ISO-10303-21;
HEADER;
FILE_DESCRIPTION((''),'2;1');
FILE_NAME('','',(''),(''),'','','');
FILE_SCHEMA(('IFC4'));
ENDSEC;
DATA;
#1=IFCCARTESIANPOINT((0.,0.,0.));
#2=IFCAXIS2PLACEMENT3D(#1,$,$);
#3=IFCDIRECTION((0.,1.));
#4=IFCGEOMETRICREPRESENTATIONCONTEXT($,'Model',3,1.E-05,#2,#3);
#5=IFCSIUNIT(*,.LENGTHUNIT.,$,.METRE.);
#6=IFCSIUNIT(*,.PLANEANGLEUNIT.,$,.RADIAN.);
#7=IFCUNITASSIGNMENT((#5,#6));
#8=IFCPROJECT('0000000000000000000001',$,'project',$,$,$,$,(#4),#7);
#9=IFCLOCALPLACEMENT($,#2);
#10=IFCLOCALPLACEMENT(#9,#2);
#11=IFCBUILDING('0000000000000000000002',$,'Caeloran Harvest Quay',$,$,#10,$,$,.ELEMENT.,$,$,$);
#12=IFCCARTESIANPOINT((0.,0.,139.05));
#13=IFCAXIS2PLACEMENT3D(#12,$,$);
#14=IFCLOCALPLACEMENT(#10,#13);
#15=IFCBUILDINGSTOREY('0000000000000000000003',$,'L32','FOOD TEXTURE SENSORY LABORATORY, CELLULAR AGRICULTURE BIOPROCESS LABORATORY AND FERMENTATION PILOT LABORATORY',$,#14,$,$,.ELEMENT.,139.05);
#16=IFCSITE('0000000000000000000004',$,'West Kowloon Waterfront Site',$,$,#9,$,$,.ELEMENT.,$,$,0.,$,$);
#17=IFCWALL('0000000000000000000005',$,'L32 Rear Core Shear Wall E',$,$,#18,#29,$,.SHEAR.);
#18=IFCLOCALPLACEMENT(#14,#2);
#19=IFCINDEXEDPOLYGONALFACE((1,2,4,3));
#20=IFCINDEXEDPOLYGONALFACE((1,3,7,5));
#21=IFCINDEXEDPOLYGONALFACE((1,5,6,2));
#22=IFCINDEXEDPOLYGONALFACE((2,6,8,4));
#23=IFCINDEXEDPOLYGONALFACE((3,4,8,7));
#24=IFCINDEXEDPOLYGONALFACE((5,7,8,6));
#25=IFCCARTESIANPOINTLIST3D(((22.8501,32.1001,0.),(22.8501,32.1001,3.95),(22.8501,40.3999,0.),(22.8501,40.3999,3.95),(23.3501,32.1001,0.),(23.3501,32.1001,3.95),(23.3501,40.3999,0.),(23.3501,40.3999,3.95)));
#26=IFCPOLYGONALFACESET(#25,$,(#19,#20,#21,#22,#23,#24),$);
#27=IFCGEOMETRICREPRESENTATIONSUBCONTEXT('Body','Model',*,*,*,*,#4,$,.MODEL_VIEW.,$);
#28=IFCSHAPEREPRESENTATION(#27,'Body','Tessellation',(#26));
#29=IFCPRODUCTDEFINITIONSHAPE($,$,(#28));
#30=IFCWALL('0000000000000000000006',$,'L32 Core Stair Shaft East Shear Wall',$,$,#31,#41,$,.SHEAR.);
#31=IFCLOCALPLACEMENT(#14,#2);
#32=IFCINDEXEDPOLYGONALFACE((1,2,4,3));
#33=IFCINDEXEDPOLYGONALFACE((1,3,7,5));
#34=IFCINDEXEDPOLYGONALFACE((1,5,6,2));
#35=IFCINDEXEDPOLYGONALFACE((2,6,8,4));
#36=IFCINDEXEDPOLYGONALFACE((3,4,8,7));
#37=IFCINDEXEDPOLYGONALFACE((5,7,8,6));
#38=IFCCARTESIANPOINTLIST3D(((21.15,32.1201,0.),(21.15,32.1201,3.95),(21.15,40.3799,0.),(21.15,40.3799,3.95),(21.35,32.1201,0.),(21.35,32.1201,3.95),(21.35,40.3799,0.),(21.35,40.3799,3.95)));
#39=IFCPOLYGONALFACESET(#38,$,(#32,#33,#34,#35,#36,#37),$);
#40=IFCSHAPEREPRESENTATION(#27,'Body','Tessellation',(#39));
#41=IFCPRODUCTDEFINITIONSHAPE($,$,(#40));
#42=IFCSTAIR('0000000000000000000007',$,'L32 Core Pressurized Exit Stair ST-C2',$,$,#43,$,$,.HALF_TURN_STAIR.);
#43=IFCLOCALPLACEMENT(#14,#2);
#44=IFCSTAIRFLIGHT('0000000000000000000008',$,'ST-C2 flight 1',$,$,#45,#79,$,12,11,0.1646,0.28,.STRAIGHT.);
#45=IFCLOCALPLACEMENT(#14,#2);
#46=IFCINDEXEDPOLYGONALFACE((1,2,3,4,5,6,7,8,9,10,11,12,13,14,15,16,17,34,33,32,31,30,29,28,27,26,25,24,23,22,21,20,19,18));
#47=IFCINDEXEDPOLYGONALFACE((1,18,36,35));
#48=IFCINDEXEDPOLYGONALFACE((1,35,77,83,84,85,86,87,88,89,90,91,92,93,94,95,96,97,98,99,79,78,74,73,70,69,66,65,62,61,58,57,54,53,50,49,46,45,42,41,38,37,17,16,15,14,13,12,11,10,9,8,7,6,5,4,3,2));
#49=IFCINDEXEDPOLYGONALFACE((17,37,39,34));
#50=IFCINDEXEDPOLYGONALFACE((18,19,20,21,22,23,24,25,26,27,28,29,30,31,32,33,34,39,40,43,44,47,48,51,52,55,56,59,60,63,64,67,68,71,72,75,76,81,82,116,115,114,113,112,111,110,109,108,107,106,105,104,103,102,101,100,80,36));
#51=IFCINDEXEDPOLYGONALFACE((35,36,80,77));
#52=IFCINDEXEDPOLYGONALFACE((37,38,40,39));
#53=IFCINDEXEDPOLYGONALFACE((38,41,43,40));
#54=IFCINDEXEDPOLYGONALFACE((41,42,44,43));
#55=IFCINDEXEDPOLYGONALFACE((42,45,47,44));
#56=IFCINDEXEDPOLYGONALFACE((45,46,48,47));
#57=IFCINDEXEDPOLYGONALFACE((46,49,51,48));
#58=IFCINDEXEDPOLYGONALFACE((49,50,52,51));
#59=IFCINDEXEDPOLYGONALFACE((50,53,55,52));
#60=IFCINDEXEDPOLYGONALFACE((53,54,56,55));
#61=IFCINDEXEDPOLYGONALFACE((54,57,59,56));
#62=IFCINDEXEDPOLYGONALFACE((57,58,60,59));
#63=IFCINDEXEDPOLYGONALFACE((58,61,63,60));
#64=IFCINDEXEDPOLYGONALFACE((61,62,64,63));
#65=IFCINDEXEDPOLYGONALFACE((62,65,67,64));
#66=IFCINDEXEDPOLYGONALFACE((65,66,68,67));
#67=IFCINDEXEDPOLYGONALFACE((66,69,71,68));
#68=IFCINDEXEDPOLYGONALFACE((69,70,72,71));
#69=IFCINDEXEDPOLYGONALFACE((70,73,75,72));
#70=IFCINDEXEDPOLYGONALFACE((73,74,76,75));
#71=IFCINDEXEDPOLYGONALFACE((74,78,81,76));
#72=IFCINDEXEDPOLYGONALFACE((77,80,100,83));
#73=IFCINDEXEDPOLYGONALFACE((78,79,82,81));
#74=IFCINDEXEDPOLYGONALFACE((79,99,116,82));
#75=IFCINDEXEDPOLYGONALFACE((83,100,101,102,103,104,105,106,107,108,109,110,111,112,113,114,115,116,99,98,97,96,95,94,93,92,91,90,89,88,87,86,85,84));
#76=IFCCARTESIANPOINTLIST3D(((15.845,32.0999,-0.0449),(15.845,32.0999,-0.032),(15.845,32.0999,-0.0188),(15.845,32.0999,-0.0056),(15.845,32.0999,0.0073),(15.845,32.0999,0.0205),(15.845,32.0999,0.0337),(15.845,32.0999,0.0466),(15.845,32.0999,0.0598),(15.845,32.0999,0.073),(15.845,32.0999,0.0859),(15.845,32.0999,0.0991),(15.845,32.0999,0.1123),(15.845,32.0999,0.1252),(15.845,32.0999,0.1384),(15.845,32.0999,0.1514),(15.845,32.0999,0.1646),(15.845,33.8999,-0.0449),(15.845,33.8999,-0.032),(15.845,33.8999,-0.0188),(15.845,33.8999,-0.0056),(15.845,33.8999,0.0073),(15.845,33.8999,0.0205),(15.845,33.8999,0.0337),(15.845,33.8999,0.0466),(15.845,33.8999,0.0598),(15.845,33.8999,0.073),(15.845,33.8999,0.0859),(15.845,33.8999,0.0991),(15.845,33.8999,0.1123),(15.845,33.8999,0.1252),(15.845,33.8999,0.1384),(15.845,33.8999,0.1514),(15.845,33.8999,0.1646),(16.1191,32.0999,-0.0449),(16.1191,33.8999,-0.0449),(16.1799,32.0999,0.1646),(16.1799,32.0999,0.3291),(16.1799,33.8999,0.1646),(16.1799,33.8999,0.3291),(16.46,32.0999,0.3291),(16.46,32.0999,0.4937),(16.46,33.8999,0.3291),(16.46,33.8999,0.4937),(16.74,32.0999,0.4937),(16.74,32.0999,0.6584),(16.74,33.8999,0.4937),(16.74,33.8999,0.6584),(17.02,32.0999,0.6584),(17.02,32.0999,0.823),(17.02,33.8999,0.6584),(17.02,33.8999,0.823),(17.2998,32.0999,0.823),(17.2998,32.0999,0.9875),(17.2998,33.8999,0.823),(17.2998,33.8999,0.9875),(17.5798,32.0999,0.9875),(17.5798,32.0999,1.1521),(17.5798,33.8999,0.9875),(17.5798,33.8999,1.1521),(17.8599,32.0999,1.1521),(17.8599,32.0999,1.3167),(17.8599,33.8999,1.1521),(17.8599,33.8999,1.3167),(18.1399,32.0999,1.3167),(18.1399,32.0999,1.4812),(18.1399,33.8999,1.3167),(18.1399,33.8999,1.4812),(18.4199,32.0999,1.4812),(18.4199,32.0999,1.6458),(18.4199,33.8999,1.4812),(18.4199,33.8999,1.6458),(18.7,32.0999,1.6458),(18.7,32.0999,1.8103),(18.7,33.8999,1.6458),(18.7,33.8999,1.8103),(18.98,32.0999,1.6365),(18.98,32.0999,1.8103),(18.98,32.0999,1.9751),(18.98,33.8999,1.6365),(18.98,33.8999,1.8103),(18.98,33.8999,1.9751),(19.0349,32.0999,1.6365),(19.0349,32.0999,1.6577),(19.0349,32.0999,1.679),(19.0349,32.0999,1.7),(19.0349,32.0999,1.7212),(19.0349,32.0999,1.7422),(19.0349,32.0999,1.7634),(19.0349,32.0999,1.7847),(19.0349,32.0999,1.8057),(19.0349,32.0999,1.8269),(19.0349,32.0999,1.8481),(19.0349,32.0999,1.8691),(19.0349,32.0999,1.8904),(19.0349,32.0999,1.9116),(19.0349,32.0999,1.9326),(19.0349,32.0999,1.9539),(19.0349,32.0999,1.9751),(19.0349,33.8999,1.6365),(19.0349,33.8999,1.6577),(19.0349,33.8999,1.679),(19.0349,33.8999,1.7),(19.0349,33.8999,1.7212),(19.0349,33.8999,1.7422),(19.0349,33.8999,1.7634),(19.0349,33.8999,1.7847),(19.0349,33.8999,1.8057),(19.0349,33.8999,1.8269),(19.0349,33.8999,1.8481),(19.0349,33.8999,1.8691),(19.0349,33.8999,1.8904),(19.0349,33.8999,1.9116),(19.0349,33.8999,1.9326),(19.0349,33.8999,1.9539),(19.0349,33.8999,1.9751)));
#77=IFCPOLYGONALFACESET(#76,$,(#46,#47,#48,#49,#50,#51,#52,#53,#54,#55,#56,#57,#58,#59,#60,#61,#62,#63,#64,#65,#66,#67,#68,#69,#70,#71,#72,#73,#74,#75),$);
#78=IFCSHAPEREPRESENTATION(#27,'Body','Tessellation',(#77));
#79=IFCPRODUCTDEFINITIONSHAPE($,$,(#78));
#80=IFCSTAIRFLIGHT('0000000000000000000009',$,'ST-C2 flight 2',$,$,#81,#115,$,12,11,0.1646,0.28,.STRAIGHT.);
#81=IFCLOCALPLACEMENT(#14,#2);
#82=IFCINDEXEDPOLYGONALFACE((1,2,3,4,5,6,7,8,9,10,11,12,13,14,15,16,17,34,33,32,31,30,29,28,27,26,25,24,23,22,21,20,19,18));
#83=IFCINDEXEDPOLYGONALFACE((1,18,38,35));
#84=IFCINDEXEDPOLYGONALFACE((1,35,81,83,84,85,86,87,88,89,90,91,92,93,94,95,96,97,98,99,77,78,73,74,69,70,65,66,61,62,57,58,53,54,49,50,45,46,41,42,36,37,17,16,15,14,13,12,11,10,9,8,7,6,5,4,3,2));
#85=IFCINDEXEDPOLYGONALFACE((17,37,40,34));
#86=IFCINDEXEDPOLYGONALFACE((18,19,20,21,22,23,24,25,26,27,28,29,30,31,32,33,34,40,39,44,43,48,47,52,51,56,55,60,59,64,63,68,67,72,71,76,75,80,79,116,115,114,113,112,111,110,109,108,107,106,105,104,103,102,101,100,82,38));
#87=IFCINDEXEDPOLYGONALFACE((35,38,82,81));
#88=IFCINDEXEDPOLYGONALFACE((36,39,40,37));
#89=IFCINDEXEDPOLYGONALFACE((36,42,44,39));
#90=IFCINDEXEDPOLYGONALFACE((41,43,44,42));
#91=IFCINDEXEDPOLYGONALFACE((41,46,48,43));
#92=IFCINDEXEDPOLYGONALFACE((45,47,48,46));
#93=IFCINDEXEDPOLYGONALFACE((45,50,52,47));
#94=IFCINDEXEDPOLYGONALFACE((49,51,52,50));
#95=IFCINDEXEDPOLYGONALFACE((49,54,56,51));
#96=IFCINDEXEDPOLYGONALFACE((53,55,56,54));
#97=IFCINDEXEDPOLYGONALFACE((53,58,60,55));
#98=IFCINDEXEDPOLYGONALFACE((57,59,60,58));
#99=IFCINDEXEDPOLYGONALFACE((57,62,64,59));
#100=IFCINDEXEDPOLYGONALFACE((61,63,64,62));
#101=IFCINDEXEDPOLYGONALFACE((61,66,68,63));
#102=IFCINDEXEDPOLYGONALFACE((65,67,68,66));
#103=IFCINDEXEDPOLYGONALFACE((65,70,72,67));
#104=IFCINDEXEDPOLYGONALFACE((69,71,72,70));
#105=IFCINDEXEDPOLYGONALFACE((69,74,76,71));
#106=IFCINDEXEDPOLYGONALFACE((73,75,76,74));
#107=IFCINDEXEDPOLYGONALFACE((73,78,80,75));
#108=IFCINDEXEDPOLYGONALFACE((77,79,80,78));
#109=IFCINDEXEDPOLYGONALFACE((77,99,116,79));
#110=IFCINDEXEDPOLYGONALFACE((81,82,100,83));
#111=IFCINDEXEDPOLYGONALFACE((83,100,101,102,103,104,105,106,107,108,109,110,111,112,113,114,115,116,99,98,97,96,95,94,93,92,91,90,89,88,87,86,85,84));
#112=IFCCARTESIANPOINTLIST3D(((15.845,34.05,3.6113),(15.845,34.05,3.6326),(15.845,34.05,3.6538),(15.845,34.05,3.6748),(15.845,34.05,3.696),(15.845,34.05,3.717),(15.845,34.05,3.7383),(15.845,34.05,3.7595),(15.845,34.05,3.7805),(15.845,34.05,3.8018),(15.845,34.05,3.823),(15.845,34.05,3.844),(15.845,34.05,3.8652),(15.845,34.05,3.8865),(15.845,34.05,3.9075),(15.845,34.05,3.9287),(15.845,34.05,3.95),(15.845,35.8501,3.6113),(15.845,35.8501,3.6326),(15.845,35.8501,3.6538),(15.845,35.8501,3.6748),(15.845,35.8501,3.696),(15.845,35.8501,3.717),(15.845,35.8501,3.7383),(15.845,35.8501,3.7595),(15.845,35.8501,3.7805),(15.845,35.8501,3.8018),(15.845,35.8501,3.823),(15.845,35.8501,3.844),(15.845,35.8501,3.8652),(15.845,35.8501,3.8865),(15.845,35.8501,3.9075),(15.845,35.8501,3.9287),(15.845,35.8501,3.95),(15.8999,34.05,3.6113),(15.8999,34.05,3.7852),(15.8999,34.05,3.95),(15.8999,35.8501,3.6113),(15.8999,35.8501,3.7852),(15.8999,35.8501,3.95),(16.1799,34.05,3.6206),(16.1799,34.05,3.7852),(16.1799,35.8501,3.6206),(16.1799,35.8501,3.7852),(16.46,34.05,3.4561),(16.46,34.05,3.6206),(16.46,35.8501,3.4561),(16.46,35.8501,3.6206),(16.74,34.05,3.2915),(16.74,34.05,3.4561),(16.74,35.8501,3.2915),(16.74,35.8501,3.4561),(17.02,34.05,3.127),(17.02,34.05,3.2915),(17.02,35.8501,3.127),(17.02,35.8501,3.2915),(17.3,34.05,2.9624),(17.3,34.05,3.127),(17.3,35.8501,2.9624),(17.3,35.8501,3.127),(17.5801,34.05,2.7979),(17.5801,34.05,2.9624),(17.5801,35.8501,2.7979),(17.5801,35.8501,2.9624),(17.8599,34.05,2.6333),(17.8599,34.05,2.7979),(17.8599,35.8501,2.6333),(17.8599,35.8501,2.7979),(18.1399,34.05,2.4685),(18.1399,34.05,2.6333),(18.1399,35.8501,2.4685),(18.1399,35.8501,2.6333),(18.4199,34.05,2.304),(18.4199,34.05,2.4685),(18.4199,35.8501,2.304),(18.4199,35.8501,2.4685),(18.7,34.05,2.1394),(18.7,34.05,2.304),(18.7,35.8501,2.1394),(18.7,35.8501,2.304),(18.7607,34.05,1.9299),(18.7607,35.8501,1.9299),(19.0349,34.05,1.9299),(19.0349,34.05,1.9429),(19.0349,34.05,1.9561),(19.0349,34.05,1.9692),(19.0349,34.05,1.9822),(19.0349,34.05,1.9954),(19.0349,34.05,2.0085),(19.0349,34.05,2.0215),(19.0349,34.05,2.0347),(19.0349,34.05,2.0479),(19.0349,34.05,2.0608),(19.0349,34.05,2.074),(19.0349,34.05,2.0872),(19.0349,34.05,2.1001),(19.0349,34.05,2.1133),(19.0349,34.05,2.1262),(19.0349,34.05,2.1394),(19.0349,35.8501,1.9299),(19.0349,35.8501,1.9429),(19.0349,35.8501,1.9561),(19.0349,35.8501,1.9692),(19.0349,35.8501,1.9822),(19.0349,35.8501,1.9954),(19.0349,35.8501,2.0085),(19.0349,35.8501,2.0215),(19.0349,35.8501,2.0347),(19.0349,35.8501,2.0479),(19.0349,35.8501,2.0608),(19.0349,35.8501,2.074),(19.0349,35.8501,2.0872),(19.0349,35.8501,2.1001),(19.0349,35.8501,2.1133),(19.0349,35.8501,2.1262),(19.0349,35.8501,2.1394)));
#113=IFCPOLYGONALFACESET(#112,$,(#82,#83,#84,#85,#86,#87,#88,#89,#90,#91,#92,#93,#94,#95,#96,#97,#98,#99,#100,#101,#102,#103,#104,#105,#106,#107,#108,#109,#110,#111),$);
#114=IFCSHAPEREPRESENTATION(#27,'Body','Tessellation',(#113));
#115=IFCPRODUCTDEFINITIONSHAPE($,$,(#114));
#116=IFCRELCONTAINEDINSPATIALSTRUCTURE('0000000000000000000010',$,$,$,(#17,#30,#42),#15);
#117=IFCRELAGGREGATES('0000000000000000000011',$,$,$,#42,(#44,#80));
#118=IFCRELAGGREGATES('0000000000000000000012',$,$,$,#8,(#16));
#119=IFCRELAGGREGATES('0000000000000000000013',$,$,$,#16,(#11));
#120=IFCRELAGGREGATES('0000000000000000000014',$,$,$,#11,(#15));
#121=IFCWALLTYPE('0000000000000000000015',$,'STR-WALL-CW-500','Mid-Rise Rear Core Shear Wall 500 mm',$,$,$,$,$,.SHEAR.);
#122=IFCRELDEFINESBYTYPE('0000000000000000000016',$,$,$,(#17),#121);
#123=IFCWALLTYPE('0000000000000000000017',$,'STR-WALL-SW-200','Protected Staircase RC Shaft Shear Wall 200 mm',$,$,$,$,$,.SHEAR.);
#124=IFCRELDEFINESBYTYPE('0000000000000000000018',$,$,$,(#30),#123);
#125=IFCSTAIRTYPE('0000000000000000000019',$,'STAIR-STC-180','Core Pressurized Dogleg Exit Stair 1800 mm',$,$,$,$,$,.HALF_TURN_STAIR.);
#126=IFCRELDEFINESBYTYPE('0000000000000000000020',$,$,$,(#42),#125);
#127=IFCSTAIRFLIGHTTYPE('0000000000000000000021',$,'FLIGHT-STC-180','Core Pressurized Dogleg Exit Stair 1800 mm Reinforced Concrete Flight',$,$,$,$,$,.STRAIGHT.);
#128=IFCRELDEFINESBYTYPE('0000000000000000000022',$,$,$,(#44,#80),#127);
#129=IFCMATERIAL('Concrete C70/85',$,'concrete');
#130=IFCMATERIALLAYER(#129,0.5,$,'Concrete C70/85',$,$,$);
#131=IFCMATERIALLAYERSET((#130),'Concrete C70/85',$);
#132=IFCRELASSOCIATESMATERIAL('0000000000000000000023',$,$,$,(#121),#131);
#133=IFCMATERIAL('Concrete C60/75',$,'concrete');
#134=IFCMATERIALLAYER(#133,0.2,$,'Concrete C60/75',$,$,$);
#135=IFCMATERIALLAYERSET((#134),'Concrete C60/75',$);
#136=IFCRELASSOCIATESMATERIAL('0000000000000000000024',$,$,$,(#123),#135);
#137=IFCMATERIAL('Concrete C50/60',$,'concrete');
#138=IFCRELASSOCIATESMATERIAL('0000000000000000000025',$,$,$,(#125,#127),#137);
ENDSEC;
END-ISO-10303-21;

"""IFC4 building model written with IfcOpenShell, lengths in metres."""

from ifc_helpers import new_model, si_unit, direction, frame, frame_2d, origin, place, context, subcontext, project, spatial, polyline, rectangle, outline, extrude, material, layer, layer_set, type_object, element, aggregate, save


model = new_model("IFC4")

# Units and contexts
model_context = context("Model", 3, precision=1e-05, world=origin(), true_north=direction((0.0, 1.0)))
body_context = subcontext(model_context, "Body", "Model", "MODEL_VIEW")
ifc_project = project(units=[si_unit("LENGTHUNIT", "METRE"), si_unit("PLANEANGLEUNIT", "RADIAN")], contexts=[model_context])

# Site, building, storey
site_placement = place(None, origin())
site = spatial("IfcSite", under=ifc_project, at=site_placement, Name="West Kowloon Waterfront Site", CompositionType="ELEMENT", RefElevation=0.0)
building_placement = place(site_placement, origin())
building = spatial("IfcBuilding", under=site, at=building_placement, Name="Caeloran Harvest Quay", CompositionType="ELEMENT")
storey_placement = place(building_placement, frame((0.0, 0.0, 139.05)))
storey = spatial("IfcBuildingStorey", under=building, at=storey_placement, Name="L32", Description="FOOD TEXTURE SENSORY LABORATORY, CELLULAR AGRICULTURE BIOPROCESS LABORATORY AND FERMENTATION PILOT LABORATORY", CompositionType="ELEMENT", Elevation=139.05)

# Shared definitions
ifc_material_1 = material(Name="Concrete C50/60", Category="concrete")

# Walls
ifc_material_2 = material(Name="Concrete C70/85", Category="concrete")
ifc_layer_1 = layer(ifc_material_2, 0.5, Name="Concrete C70/85")
ifc_layer_set_1 = layer_set([ifc_layer_1], Name="Concrete C70/85")
wall_type_1 = type_object("IfcWallType", Name="STR-WALL-CW-500", Description="Mid-Rise Rear Core Shear Wall 500 mm", PredefinedType="SHEAR", material=ifc_layer_set_1)
wall_1_placement = place(storey_placement, frame((23.1001, 32.1001, 0.0), z_axis=(0.0, 0.0, 1.0), x_axis=(0.0, 1.0, 0.0)))
element("IfcWall", 1, at=wall_1_placement, inside=storey, type_object=wall_type_1, Name="L32 Rear Core Shear Wall E", PredefinedType="SHEAR", context=body_context, shape_type="SweptSolid", body=[
    extrude(rectangle(XDim=8.2998, YDim=0.5, at=frame_2d((4.1499, 0.0))), origin(), (0.0, 0.0, 1.0), 3.95),
])
ifc_material_3 = material(Name="Concrete C60/75", Category="concrete")
ifc_layer_2 = layer(ifc_material_3, 0.2, Name="Concrete C60/75")
ifc_layer_set_2 = layer_set([ifc_layer_2], Name="Concrete C60/75")
wall_type_2 = type_object("IfcWallType", Name="STR-WALL-SW-200", Description="Protected Staircase RC Shaft Shear Wall 200 mm", PredefinedType="SHEAR", material=ifc_layer_set_2)
wall_2_placement = place(storey_placement, frame((21.25, 32.1201, 0.0), z_axis=(0.0, 0.0, 1.0), x_axis=(0.0, 1.0, 0.0)))
element("IfcWall", 2, at=wall_2_placement, inside=storey, type_object=wall_type_2, Name="L32 Core Stair Shaft East Shear Wall", PredefinedType="SHEAR", context=body_context, shape_type="SweptSolid", body=[
    extrude(rectangle(XDim=8.2598, YDim=0.2, at=frame_2d((4.1299, 0.0))), origin(), (0.0, 0.0, 1.0), 3.95),
])

# Stair, stair flights
stair_type = type_object("IfcStairType", Name="STAIR-STC-180", Description="Core Pressurized Dogleg Exit Stair 1800 mm", PredefinedType="HALF_TURN_STAIR", material=ifc_material_1)
stair_placement = place(storey_placement, origin())
stair = element("IfcStair", 3, at=stair_placement, inside=storey, type_object=stair_type, Name="L32 Core Pressurized Exit Stair ST-C2", PredefinedType="HALF_TURN_STAIR")
stair_flight_type = type_object("IfcStairFlightType", Name="FLIGHT-STC-180", Description="Core Pressurized Dogleg Exit Stair 1800 mm Reinforced Concrete Flight", PredefinedType="STRAIGHT", material=ifc_material_1)
stair_flight_1_placement = place(storey_placement, frame((15.8999, 33.0, 0.0), z_axis=(0.0, 0.0, 1.0), x_axis=(1.0, 0.0, 0.0)))
stair_flight_1 = element("IfcStairFlight", 4, at=stair_flight_1_placement, type_object=stair_flight_type, Name="ST-C2 flight 1", NumberOfRisers=12, NumberOfTreads=11, PredefinedType="STRAIGHT", RiserHeight=0.1646, TreadLength=0.28, context=body_context, shape_type="SweptSolid", body=[
    extrude(outline(polyline([(-0.0549, -0.0449), (-0.0549, -0.032), (-0.0549, -0.0188), (-0.0549, -0.0056), (-0.0549, 0.0073), (-0.0549, 0.0205), (-0.0549, 0.0337), (-0.0549, 0.0466), (-0.0549, 0.0598), (-0.0549, 0.073), (-0.0549, 0.0859), (-0.0549, 0.0991), (-0.0549, 0.1123), (-0.0549, 0.1252), (-0.0549, 0.1384), (-0.0549, 0.1514), (-0.0549, 0.1646), (0.28, 0.1646), (0.28, 0.3291), (0.5601, 0.3291), (0.5601, 0.4937), (0.8401, 0.4937), (0.8401, 0.6584), (1.1201, 0.6584), (1.1201, 0.823), (1.3999, 0.823), (1.3999, 0.9875), (1.6799, 0.9875), (1.6799, 1.1521), (1.96, 1.1521), (1.96, 1.3167), (2.24, 1.3167), (2.24, 1.4812), (2.52, 1.4812), (2.52, 1.6458), (2.8, 1.6458), (2.8, 1.8103), (3.0801, 1.8103), (3.0801, 1.9751), (3.135, 1.9751), (3.135, 1.9539), (3.135, 1.9326), (3.135, 1.9116), (3.135, 1.8904), (3.135, 1.8691), (3.135, 1.8481), (3.135, 1.8269), (3.135, 1.8057), (3.135, 1.7847), (3.135, 1.7634), (3.135, 1.7422), (3.135, 1.7212), (3.135, 1.7), (3.135, 1.679), (3.135, 1.6577), (3.135, 1.6365), (3.0801, 1.6365), (0.2192, -0.0449), (-0.0549, -0.0449)])), frame((0.0, 0.8999, 0.0), z_axis=(0.0, -1.0, 0.0), x_axis=(1.0, 0.0, 0.0)), (0.0, 0.0, 1.0), 1.8),
])
stair_flight_2_placement = place(storey_placement, frame((18.98, 34.95, 1.9749), z_axis=(0.0, 0.0, 1.0), x_axis=(-1.0, 0.0, 0.0)))
stair_flight_2 = element("IfcStairFlight", 5, at=stair_flight_2_placement, type_object=stair_flight_type, Name="ST-C2 flight 2", NumberOfRisers=12, NumberOfTreads=11, PredefinedType="STRAIGHT", RiserHeight=0.1646, TreadLength=0.28, context=body_context, shape_type="SweptSolid", body=[
    extrude(outline(polyline([(-0.0549, -0.0449), (-0.0549, -0.032), (-0.0549, -0.0188), (-0.0549, -0.0056), (-0.0549, 0.0073), (-0.0549, 0.0205), (-0.0549, 0.0337), (-0.0549, 0.0466), (-0.0549, 0.0598), (-0.0549, 0.073), (-0.0549, 0.0859), (-0.0549, 0.0991), (-0.0549, 0.1123), (-0.0549, 0.1252), (-0.0549, 0.1384), (-0.0549, 0.1514), (-0.0549, 0.1646), (0.28, 0.1646), (0.28, 0.3291), (0.5601, 0.3291), (0.5601, 0.4937), (0.8401, 0.4937), (0.8401, 0.6584), (1.1201, 0.6584), (1.1201, 0.823), (1.3999, 0.823), (1.3999, 0.9875), (1.6799, 0.9875), (1.6799, 1.1521), (1.96, 1.1521), (1.96, 1.3167), (2.24, 1.3167), (2.24, 1.4812), (2.52, 1.4812), (2.52, 1.6458), (2.8, 1.6458), (2.8, 1.8103), (3.0801, 1.8103), (3.0801, 1.9751), (3.135, 1.9751), (3.135, 1.9539), (3.135, 1.9326), (3.135, 1.9116), (3.135, 1.8904), (3.135, 1.8691), (3.135, 1.8481), (3.135, 1.8269), (3.135, 1.8057), (3.135, 1.7847), (3.135, 1.7634), (3.135, 1.7422), (3.135, 1.7212), (3.135, 1.7), (3.135, 1.679), (3.135, 1.6577), (3.135, 1.6365), (3.0801, 1.6365), (0.2192, -0.0449), (-0.0549, -0.0449)])), frame((0.0, 0.8999, 0.0), z_axis=(0.0, -1.0, 0.0), x_axis=(1.0, 0.0, 0.0)), (0.0, 0.0, 1.0), 1.8),
])
aggregate(stair, [stair_flight_1, stair_flight_2])

save(model, "model.ifc")
